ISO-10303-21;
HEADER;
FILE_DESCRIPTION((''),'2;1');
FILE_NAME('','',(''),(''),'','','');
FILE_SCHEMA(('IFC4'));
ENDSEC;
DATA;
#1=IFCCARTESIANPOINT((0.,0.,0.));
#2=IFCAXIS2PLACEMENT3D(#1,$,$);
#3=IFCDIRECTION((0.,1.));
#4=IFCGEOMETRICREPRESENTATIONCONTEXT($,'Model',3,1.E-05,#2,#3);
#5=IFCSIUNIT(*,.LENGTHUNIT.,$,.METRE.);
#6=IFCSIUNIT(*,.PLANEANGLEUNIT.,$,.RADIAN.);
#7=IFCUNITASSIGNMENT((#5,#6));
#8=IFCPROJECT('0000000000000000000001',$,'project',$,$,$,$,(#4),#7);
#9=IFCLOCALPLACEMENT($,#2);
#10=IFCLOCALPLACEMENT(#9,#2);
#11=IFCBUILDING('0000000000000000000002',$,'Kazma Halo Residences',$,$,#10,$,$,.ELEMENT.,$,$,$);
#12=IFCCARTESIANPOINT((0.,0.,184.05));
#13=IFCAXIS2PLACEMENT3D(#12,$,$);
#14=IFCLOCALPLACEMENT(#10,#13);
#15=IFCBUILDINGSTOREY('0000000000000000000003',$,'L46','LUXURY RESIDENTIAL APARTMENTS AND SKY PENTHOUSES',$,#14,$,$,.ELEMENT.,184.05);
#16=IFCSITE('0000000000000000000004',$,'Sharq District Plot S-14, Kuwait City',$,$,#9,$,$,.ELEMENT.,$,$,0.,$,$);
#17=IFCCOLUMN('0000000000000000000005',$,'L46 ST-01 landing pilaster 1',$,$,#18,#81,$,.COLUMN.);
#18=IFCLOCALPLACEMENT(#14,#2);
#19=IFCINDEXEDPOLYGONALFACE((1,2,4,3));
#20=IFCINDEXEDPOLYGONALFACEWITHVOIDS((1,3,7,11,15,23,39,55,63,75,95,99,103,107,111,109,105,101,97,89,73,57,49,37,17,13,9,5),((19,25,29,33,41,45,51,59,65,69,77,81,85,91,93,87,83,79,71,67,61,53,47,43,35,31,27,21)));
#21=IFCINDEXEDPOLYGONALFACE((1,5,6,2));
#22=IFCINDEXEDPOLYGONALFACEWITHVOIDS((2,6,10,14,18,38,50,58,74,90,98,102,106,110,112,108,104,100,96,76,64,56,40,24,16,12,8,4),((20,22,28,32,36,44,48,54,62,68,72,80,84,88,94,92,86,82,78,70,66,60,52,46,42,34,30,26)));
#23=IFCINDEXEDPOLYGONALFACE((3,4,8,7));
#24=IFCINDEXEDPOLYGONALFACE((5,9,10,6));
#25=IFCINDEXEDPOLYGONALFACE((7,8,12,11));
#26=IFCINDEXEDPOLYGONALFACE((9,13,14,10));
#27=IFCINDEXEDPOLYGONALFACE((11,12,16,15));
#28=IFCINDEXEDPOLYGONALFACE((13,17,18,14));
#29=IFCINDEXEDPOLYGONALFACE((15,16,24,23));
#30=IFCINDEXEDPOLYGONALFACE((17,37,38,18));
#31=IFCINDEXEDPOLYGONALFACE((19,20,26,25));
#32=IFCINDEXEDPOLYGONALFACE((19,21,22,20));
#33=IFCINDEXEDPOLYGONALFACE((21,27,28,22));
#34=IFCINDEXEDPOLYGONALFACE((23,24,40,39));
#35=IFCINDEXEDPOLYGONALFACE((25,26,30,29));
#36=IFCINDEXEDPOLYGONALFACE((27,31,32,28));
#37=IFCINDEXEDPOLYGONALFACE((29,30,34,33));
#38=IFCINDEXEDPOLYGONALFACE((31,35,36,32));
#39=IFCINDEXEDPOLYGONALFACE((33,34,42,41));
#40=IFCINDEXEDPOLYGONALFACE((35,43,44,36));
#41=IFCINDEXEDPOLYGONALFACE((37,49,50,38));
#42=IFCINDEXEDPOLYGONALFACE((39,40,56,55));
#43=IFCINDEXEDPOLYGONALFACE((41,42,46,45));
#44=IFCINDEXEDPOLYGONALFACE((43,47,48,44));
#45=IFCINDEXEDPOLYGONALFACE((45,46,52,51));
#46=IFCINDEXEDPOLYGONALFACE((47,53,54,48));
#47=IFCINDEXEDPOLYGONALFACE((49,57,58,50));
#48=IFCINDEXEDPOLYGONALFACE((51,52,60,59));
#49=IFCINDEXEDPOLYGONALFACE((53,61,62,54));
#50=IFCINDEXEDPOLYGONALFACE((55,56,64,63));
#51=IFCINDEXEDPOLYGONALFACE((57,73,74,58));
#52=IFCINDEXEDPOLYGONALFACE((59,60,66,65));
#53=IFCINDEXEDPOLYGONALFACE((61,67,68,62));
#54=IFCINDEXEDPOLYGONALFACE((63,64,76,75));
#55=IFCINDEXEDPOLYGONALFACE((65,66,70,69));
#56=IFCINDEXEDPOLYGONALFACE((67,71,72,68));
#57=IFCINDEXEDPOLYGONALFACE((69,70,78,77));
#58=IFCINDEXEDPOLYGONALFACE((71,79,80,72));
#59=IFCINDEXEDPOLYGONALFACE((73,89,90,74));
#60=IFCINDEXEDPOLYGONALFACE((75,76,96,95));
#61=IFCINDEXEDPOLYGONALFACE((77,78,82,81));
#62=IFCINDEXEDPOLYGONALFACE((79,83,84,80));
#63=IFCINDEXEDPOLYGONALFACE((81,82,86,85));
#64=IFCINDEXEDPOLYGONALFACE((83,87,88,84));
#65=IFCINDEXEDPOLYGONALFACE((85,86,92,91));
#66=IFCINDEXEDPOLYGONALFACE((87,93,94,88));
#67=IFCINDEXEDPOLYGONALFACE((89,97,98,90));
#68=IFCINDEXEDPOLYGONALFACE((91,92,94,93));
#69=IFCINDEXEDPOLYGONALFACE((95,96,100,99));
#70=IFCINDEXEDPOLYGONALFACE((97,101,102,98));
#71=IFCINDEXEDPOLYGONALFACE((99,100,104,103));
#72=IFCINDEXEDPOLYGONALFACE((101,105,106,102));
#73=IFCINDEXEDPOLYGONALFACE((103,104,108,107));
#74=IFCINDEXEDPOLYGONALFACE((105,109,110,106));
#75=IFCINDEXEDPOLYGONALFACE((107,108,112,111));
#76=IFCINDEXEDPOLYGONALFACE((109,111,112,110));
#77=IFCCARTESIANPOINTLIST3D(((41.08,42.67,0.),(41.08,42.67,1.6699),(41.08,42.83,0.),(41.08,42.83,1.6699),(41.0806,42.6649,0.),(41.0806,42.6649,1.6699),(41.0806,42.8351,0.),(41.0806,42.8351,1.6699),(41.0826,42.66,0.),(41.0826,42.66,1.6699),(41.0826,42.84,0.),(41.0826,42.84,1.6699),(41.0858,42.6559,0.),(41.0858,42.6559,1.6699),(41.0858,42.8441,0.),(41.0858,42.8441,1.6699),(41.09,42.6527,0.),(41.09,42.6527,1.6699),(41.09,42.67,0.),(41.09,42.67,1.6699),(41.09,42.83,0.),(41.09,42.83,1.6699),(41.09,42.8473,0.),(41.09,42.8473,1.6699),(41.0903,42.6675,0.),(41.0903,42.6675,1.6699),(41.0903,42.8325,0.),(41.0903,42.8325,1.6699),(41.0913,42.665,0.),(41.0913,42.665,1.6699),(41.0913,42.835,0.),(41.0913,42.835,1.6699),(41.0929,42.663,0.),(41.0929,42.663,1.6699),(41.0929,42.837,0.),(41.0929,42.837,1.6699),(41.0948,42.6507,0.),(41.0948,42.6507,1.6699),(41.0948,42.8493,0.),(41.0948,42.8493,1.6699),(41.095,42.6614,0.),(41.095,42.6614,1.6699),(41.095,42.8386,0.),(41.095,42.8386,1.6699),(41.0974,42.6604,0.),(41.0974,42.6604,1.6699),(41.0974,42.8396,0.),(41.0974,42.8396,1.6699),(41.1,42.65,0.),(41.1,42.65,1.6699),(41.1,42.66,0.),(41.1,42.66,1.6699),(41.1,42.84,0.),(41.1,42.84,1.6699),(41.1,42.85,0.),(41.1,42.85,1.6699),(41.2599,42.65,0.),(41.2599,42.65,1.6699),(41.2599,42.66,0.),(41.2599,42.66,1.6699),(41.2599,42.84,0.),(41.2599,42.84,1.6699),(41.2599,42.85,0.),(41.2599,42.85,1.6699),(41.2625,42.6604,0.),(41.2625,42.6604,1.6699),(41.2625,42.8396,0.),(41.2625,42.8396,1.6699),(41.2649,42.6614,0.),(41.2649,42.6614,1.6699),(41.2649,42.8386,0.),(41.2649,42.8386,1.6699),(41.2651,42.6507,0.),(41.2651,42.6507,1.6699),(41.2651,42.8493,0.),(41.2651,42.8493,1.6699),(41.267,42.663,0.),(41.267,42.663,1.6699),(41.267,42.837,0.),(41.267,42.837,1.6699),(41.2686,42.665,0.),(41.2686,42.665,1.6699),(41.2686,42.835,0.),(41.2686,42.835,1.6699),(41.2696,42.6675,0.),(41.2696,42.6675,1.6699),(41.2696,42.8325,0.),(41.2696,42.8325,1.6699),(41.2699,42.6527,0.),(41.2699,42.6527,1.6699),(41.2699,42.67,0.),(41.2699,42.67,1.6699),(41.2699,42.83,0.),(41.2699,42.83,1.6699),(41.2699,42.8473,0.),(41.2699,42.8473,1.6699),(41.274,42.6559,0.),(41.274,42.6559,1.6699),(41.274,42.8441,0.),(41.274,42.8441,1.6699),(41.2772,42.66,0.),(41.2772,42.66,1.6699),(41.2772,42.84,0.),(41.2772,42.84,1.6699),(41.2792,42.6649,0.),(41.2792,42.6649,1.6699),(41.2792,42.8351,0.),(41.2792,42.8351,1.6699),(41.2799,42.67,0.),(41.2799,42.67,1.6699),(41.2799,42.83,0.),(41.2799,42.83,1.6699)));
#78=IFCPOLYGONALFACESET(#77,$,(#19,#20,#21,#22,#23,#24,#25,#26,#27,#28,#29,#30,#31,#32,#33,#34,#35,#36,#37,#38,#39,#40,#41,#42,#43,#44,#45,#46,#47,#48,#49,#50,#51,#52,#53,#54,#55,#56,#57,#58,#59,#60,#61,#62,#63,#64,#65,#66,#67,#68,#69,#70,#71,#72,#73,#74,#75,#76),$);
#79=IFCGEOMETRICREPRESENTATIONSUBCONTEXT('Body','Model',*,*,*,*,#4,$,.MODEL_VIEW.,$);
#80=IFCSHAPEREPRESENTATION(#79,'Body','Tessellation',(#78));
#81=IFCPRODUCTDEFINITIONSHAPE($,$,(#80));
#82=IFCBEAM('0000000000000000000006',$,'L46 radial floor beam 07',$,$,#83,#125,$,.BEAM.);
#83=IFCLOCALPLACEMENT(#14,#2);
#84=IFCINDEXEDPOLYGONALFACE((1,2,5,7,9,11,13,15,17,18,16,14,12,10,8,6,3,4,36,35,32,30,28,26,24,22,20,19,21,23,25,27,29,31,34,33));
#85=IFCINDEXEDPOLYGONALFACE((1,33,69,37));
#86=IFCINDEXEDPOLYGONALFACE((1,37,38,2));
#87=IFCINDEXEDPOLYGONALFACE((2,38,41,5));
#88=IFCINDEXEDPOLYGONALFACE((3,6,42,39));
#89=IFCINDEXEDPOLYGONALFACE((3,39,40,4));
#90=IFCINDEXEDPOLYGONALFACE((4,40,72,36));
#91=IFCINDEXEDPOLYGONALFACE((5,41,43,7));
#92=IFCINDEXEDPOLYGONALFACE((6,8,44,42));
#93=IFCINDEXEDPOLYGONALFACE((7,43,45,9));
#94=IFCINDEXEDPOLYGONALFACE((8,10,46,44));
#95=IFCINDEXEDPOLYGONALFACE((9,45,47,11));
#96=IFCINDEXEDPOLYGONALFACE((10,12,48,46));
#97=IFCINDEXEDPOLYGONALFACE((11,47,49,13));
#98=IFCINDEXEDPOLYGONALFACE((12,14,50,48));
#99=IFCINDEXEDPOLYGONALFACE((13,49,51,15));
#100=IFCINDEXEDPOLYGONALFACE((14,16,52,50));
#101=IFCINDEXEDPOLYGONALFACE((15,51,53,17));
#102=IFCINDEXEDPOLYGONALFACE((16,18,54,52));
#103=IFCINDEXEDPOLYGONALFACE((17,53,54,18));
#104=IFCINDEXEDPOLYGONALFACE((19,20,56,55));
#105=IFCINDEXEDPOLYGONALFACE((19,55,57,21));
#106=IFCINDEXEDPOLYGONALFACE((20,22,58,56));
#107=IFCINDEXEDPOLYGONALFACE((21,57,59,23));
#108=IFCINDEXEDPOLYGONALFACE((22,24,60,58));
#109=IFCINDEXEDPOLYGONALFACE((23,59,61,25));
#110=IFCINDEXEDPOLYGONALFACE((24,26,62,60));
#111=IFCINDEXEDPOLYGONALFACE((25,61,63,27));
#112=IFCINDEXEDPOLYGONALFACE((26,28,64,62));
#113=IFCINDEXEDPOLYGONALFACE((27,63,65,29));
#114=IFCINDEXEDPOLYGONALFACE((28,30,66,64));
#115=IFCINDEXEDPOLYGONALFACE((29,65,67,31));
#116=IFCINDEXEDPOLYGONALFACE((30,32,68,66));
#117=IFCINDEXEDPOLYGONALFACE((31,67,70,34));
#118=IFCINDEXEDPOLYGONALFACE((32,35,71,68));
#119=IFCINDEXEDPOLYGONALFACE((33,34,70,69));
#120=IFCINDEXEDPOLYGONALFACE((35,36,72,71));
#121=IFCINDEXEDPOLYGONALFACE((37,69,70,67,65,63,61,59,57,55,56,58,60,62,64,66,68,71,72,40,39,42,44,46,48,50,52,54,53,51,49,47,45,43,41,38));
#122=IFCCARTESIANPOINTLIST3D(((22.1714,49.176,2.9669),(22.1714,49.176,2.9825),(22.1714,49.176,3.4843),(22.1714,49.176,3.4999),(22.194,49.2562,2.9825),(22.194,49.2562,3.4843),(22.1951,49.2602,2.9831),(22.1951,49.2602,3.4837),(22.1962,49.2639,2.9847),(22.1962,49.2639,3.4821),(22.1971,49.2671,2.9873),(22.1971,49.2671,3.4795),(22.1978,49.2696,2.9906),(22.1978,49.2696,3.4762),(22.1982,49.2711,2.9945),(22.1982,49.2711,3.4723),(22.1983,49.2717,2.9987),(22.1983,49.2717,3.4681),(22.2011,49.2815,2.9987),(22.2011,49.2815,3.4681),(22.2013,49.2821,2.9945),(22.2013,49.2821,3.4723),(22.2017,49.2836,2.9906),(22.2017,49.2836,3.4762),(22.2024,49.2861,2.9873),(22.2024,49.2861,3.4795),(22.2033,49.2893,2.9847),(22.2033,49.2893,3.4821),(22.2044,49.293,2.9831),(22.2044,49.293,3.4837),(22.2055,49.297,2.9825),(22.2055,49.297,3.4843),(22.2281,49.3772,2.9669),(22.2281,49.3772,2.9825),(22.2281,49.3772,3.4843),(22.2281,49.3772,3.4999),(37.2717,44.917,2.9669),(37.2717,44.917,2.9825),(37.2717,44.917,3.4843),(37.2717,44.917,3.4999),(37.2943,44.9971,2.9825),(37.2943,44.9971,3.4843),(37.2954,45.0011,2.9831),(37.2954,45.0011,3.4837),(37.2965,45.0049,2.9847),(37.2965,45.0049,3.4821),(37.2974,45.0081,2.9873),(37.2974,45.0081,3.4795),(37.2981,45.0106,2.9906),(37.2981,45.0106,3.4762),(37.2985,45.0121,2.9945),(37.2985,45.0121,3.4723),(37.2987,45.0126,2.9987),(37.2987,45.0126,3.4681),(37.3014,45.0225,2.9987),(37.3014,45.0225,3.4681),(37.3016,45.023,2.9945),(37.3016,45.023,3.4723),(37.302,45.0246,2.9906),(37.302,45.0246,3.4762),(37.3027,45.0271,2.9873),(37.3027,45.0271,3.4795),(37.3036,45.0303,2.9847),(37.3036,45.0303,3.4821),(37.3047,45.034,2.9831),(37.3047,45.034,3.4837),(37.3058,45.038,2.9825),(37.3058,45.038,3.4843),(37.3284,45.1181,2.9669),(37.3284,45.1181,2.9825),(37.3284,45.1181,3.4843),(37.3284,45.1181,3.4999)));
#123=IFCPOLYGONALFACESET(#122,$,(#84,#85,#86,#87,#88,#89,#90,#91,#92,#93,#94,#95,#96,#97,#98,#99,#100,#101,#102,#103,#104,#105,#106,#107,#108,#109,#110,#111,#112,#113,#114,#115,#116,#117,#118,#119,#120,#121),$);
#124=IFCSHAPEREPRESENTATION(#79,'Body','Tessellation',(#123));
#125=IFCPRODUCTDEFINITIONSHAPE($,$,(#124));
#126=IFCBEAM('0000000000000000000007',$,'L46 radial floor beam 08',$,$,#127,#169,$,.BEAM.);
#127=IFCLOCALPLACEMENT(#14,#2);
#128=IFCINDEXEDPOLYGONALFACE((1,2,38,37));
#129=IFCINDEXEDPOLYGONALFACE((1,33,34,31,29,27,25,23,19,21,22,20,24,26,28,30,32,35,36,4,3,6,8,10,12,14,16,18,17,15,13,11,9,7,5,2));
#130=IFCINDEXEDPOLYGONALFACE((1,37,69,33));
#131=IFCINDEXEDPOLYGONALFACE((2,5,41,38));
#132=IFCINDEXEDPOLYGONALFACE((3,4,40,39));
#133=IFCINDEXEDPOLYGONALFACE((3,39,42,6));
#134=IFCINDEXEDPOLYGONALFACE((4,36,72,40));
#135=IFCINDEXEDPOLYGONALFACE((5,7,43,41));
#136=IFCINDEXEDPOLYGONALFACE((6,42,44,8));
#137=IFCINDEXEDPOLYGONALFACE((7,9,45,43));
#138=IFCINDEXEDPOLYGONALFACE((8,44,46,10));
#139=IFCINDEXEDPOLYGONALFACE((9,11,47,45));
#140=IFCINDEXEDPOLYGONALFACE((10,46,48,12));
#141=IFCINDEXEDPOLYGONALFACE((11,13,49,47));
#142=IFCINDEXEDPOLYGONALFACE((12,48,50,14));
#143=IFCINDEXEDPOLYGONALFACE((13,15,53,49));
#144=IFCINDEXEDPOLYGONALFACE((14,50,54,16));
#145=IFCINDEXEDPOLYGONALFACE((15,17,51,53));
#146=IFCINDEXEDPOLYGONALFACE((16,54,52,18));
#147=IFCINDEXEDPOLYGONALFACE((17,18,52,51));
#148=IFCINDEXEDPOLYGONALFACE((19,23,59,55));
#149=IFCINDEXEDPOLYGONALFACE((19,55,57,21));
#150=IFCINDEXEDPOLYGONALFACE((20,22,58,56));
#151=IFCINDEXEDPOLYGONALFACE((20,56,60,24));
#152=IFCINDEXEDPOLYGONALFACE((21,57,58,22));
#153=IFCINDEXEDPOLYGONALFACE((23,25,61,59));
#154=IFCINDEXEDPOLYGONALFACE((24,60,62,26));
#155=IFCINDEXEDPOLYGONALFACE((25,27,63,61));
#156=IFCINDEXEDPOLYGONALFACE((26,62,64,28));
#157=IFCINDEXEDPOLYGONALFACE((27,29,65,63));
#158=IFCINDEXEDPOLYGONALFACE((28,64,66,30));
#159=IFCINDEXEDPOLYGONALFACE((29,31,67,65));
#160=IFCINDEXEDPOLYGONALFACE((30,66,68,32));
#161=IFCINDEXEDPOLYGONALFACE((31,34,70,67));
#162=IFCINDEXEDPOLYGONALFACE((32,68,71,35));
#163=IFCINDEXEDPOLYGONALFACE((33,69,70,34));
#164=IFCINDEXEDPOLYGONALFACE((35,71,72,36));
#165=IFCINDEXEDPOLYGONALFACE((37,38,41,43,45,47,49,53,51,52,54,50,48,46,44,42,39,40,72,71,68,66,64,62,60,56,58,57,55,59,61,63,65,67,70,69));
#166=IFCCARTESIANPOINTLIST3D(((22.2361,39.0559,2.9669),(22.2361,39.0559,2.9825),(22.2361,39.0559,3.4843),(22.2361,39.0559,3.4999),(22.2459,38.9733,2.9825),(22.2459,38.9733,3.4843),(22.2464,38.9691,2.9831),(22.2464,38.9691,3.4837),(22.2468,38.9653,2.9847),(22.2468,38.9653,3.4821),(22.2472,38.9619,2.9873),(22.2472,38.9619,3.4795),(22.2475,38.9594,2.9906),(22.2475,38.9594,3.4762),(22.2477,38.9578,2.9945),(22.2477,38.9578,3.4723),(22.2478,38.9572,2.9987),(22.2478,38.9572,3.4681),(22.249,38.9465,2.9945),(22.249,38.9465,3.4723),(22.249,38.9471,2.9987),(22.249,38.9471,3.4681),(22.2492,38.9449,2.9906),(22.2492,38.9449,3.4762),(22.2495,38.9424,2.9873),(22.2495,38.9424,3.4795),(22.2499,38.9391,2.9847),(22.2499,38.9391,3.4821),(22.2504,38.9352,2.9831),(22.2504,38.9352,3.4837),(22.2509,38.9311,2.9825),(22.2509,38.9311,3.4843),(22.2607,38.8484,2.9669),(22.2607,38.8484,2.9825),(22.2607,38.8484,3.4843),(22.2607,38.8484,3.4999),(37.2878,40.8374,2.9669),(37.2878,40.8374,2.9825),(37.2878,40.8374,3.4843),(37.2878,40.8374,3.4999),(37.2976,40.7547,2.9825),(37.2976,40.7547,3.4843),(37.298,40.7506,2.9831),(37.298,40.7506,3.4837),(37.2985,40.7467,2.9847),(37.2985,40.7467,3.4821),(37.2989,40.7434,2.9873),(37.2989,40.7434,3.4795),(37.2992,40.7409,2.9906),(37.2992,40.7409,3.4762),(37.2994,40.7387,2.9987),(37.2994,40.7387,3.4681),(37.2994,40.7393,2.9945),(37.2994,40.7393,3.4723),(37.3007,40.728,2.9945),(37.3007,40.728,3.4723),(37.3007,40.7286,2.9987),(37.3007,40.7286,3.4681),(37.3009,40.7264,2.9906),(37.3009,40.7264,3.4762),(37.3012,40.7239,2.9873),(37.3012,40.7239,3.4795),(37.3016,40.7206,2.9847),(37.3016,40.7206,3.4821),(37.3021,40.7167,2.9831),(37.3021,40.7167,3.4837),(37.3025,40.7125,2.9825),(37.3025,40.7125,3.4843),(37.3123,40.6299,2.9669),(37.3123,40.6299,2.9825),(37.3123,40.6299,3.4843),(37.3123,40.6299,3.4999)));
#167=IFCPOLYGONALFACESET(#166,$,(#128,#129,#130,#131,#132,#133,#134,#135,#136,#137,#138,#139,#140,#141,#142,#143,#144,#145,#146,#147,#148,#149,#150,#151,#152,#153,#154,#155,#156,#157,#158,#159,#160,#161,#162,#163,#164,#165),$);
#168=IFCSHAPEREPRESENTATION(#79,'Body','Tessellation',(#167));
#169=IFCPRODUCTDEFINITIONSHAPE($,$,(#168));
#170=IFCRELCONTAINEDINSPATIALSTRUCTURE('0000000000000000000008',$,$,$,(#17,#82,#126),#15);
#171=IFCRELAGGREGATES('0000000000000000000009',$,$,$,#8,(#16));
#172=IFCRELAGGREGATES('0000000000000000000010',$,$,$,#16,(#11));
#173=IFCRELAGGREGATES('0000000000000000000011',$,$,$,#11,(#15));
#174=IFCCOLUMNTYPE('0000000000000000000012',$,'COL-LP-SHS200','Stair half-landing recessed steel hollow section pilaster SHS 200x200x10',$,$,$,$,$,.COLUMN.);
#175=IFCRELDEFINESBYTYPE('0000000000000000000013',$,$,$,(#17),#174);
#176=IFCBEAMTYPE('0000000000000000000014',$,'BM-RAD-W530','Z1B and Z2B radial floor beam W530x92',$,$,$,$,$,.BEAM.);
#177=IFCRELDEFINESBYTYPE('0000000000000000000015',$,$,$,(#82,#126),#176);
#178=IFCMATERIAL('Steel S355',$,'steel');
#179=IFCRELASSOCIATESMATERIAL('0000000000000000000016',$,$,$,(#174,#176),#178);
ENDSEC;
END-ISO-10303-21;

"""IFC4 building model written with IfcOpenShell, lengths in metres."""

from ifc_helpers import new_model, si_unit, direction, frame, origin, origin_2d, place, context, subcontext, project, spatial, hollow_rectangle, i_section, extrude, material, material_profile, profile_set, type_object, element, save


model = new_model("IFC4")

# Units and contexts
model_context = context("Model", 3, precision=1e-05, world=origin(), true_north=direction((0.0, 1.0)))
body_context = subcontext(model_context, "Body", "Model", "MODEL_VIEW")
ifc_project = project(units=[si_unit("LENGTHUNIT", "METRE"), si_unit("PLANEANGLEUNIT", "RADIAN")], contexts=[model_context])

# Site, building, storey
site_placement = place(None, origin())
site = spatial("IfcSite", under=ifc_project, at=site_placement, Name="Sharq District Plot S-14, Kuwait City", CompositionType="ELEMENT", RefElevation=0.0)
building_placement = place(site_placement, origin())
building = spatial("IfcBuilding", under=site, at=building_placement, Name="Kazma Halo Residences", CompositionType="ELEMENT")
storey_placement = place(building_placement, frame((0.0, 0.0, 184.05)))
storey = spatial("IfcBuildingStorey", under=building, at=storey_placement, Name="L46", Description="LUXURY RESIDENTIAL APARTMENTS AND SKY PENTHOUSES", CompositionType="ELEMENT", Elevation=184.05)

# Column
ifc_material_1 = material(Name="Steel S355", Category="steel")
ifc_material_profile_1 = material_profile(ifc_material_1, hollow_rectangle(XDim=0.2, YDim=0.2, WallThickness=0.01, InnerFilletRadius=0.01, OuterFilletRadius=0.02, at=origin_2d()), Name="SHS200x200x10")
ifc_profile_set_1 = profile_set([ifc_material_profile_1], Name="Steel S355")
column_type = type_object("IfcColumnType", Name="COL-LP-SHS200", Description="Stair half-landing recessed steel hollow section pilaster SHS 200x200x10", PredefinedType="COLUMN", material=ifc_profile_set_1)
column_placement = place(storey_placement, frame((41.1799, 42.75, 0.0), z_axis=(0.0, 0.0, 1.0), x_axis=(1.0, 0.0, 0.0)))
element("IfcColumn", 1, at=column_placement, inside=storey, type_object=column_type, Name="L46 ST-01 landing pilaster 1", PredefinedType="COLUMN", context=body_context, shape_type="SweptSolid", body=[
    extrude(hollow_rectangle(XDim=0.2, YDim=0.2, WallThickness=0.01, InnerFilletRadius=0.01, OuterFilletRadius=0.02, at=origin_2d()), origin(), (0.0, 0.0, 1.0), 1.6699),
])

# Beams
ifc_material_profile_2 = material_profile(ifc_material_1, i_section(OverallWidth=0.209, OverallDepth=0.533, WebThickness=0.0103, FlangeThickness=0.0156, FilletRadius=0.0161, at=origin_2d()), Name="W530x92")
ifc_profile_set_2 = profile_set([ifc_material_profile_2], Name="Steel S355")
beam_type_1 = type_object("IfcBeamType", Name="BM-RAD-W530", Description="Z1B and Z2B radial floor beam W530x92", PredefinedType="BEAM", material=ifc_profile_set_2)
beam_1_placement = place(storey_placement, frame((37.3, 45.0176, 3.2334), z_axis=(-0.96245, 0.271458, 0.0), x_axis=(-0.271458, -0.96245, 0.0)))
element("IfcBeam", 2, at=beam_1_placement, inside=storey, type_object=beam_type_1, Name="L46 radial floor beam 07", PredefinedType="BEAM", context=body_context, shape_type="SweptSolid", body=[
    extrude(i_section(OverallWidth=0.209, OverallDepth=0.533, WebThickness=0.0103, FlangeThickness=0.0156, FilletRadius=0.0161, at=origin_2d()), origin(), (0.0, 0.0, 1.0), 15.6895),
])
beam_2_placement = place(storey_placement, frame((37.3, 40.7336, 3.2334), z_axis=(-0.993068, -0.117537, 0.0), x_axis=(0.117537, -0.993068, 0.0)))
element("IfcBeam", 3, at=beam_2_placement, inside=storey, type_object=beam_type_1, Name="L46 radial floor beam 08", PredefinedType="BEAM", context=body_context, shape_type="SweptSolid", body=[
    extrude(i_section(OverallWidth=0.209, OverallDepth=0.533, WebThickness=0.0103, FlangeThickness=0.0156, FilletRadius=0.0161, at=origin_2d()), origin(), (0.0, 0.0, 1.0), 15.1567),
])

save(model, "model.ifc")
